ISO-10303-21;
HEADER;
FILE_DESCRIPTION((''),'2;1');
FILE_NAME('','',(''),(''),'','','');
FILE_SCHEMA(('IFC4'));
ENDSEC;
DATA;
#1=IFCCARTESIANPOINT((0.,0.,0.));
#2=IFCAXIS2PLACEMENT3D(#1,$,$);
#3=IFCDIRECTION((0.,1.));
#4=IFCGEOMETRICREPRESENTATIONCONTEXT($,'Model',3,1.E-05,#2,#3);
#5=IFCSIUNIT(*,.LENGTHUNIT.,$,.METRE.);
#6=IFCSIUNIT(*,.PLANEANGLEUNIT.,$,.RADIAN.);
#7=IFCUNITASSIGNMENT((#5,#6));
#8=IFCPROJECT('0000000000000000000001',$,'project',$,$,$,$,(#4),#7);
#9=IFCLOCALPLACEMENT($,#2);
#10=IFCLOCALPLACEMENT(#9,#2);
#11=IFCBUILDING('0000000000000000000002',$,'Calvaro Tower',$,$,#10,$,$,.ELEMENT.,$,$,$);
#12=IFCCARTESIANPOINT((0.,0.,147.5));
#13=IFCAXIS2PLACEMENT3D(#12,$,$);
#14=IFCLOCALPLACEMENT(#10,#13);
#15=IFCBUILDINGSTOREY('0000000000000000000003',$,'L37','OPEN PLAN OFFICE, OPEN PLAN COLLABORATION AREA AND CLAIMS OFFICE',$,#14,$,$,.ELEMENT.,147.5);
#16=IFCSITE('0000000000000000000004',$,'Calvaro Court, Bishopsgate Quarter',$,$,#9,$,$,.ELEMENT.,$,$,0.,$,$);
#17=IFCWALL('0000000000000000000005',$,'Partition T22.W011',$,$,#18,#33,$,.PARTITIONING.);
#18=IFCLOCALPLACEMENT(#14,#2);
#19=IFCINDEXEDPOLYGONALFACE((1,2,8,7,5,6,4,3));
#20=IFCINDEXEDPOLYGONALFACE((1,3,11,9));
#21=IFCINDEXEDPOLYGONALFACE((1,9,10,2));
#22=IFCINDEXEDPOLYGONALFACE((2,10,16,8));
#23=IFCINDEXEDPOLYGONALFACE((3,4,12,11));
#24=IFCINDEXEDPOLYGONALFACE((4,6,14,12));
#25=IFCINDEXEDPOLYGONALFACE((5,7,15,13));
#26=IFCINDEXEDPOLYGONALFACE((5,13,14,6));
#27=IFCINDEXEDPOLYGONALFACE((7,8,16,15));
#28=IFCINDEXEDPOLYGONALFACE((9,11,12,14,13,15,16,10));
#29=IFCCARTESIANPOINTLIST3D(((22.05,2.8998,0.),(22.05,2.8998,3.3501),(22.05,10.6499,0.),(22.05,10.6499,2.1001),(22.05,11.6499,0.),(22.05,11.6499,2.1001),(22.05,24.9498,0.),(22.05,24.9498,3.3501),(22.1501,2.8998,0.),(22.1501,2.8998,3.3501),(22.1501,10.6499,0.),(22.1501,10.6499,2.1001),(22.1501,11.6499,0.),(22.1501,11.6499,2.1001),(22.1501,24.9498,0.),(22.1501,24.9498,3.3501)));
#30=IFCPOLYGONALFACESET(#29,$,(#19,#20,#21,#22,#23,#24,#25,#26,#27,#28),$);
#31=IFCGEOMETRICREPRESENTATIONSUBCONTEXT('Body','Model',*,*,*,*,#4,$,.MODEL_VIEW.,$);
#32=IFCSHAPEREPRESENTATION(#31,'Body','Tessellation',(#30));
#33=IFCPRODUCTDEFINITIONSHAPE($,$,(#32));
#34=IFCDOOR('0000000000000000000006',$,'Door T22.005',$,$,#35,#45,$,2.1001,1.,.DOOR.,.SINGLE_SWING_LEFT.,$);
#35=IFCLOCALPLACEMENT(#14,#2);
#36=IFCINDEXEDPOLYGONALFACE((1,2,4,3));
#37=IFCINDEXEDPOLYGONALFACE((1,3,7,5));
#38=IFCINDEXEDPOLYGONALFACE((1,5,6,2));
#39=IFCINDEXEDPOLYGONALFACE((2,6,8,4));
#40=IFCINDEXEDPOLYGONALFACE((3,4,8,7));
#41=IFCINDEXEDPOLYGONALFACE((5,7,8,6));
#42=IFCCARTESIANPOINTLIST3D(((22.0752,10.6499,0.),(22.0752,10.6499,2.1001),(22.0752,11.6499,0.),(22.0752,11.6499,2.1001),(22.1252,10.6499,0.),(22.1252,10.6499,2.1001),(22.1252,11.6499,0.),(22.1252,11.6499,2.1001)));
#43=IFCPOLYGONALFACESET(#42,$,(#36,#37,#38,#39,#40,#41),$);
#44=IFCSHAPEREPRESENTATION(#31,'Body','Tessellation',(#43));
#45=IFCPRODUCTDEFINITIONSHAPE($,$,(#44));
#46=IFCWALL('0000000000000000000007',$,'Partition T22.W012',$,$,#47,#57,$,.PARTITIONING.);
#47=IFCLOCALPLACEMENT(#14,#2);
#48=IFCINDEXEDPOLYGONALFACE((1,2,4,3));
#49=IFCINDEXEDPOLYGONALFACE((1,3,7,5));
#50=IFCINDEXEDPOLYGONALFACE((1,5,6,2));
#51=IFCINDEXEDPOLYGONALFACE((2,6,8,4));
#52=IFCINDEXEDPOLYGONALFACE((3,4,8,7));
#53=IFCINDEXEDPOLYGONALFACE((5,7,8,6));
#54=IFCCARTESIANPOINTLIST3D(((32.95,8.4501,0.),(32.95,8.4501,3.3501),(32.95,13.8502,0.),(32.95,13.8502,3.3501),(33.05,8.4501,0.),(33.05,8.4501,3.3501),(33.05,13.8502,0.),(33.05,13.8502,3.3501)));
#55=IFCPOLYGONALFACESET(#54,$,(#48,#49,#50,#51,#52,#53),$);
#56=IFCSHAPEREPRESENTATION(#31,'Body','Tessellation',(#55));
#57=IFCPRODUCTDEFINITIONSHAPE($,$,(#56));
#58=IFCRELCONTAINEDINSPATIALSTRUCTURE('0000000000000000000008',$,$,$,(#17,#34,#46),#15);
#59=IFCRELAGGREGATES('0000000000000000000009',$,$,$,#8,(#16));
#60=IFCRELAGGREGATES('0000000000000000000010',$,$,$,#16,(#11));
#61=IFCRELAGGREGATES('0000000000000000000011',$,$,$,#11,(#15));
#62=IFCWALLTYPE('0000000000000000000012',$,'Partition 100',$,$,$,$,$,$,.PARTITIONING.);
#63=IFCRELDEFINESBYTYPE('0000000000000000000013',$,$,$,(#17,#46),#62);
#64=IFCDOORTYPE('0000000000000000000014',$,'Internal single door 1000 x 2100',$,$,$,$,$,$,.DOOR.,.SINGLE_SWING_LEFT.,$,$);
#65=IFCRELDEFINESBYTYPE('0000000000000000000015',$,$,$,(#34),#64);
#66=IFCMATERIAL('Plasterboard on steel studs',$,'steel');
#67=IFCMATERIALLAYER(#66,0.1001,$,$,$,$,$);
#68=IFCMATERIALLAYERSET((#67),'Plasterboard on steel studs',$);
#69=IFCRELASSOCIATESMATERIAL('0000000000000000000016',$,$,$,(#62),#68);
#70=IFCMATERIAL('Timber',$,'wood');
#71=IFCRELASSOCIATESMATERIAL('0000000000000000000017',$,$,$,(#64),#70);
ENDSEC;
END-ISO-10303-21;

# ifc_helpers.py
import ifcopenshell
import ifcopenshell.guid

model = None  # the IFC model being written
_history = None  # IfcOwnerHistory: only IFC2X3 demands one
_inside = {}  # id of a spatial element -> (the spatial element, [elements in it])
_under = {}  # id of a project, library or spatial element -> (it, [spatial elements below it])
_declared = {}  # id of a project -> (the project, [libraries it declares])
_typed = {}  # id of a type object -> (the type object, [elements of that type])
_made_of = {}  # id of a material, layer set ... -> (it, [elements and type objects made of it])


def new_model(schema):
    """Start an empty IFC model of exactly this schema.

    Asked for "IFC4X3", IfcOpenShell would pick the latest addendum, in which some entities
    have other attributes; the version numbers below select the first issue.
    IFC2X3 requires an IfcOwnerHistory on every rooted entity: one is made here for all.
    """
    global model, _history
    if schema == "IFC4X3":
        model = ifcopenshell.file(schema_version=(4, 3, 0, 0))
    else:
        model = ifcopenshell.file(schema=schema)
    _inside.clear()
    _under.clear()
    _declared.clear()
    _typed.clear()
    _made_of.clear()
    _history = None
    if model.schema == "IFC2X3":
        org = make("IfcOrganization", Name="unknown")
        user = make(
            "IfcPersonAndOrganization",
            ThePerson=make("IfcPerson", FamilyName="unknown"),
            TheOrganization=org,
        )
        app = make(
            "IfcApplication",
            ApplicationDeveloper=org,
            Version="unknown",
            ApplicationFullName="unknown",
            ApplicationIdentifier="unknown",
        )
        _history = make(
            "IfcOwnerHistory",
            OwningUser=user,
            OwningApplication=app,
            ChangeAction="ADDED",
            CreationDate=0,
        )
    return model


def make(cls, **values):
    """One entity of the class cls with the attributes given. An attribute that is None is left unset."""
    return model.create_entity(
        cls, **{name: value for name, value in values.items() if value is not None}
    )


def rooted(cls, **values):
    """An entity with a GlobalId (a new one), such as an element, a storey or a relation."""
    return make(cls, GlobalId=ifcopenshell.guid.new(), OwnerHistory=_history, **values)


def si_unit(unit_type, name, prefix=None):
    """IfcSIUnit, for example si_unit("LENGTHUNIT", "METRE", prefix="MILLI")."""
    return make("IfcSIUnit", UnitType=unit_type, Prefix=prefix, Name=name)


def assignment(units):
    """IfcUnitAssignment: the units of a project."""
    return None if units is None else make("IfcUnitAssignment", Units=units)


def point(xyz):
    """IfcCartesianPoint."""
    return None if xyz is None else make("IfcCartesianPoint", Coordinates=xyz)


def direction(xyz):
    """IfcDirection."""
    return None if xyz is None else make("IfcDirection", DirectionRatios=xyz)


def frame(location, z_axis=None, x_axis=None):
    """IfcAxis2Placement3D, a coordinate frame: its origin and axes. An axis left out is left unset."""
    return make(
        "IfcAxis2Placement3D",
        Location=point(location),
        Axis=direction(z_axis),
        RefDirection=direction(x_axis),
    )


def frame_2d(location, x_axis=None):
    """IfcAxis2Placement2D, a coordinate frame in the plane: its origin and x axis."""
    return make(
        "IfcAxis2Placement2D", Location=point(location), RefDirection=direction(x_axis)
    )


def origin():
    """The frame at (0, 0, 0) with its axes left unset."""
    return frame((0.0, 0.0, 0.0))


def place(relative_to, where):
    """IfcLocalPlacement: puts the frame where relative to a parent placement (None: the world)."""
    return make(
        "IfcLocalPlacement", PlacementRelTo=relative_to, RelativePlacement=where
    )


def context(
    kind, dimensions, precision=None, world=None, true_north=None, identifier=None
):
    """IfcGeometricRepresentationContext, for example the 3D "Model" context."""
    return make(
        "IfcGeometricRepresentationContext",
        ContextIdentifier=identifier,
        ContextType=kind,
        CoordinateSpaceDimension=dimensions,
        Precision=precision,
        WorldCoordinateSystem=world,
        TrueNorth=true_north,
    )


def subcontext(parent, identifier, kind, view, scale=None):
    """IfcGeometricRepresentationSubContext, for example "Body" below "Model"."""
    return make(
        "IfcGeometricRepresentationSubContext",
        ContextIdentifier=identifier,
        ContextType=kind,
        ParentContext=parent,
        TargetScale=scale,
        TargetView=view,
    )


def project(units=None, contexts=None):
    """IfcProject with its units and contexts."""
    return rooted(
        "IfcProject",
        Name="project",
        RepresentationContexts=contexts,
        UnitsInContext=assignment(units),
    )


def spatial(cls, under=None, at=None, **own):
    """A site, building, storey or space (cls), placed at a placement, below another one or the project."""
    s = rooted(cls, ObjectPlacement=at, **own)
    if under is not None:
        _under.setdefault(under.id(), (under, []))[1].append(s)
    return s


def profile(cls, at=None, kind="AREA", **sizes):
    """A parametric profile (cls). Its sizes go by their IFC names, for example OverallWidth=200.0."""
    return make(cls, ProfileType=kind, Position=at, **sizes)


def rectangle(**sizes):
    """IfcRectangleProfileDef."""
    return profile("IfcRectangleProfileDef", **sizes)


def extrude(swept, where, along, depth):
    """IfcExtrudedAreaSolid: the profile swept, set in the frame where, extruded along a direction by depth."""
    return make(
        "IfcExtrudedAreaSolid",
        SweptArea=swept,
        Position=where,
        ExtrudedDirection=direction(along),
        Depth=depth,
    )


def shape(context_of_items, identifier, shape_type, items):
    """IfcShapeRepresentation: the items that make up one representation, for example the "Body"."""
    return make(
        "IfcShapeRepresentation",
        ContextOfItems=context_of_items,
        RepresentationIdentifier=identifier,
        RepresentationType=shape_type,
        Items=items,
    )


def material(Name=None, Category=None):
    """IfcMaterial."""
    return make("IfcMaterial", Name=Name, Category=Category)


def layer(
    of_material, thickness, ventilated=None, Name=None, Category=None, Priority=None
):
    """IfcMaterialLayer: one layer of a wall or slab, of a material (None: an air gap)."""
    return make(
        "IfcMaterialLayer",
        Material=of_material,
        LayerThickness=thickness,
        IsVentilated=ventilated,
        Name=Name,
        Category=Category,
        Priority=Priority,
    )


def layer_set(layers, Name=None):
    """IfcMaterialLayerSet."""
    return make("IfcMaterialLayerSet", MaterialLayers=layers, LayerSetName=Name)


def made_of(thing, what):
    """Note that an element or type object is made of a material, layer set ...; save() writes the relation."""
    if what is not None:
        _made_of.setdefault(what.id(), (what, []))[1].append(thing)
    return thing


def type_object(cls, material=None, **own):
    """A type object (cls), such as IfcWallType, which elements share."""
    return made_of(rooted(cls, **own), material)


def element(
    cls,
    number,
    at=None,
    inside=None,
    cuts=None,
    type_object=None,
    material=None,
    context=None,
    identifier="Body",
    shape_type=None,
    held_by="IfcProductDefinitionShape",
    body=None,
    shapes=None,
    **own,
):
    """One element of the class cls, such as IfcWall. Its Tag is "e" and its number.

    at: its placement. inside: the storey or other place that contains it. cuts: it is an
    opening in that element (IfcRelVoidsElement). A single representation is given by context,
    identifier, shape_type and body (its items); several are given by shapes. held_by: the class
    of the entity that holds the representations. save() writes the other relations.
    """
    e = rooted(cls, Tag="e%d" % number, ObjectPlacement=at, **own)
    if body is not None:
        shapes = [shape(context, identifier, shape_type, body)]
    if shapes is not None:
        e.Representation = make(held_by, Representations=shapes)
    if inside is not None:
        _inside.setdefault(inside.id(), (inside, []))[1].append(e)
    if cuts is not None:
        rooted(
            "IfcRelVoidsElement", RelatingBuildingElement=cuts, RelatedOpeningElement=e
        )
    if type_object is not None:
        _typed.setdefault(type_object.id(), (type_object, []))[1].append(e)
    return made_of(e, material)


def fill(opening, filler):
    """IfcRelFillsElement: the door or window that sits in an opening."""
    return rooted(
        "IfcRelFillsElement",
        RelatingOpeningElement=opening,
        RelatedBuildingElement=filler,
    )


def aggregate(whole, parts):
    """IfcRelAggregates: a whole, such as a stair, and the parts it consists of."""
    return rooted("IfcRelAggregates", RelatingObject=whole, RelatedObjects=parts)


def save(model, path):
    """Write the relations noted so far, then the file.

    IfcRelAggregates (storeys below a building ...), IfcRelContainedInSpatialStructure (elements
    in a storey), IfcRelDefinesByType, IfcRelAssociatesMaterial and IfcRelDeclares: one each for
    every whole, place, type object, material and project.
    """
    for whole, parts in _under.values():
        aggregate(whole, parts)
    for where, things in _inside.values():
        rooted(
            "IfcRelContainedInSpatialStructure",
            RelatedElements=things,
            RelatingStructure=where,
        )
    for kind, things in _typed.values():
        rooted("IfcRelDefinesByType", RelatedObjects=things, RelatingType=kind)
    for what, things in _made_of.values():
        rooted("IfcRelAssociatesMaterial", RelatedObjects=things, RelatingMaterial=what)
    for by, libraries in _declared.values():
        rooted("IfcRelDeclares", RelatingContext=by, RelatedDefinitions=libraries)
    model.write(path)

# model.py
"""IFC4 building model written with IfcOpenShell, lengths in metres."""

from ifc_helpers import new_model, si_unit, direction, frame, frame_2d, origin, place, context, subcontext, project, spatial, rectangle, extrude, material, layer, layer_set, type_object, element, fill, save


model = new_model("IFC4")

# Units and contexts
model_context = context("Model", 3, precision=1e-05, world=origin(), true_north=direction((0.0, 1.0)))
body_context = subcontext(model_context, "Body", "Model", "MODEL_VIEW")
ifc_project = project(units=[si_unit("LENGTHUNIT", "METRE"), si_unit("PLANEANGLEUNIT", "RADIAN")], contexts=[model_context])

# Site, building, storey
site_placement = place(None, origin())
site = spatial("IfcSite", under=ifc_project, at=site_placement, Name="Calvaro Court, Bishopsgate Quarter", CompositionType="ELEMENT", RefElevation=0.0)
building_placement = place(site_placement, origin())
building = spatial("IfcBuilding", under=site, at=building_placement, Name="Calvaro Tower", CompositionType="ELEMENT")
storey_placement = place(building_placement, frame((0.0, 0.0, 147.5)))
storey = spatial("IfcBuildingStorey", under=building, at=storey_placement, Name="L37", Description="OPEN PLAN OFFICE, OPEN PLAN COLLABORATION AREA AND CLAIMS OFFICE", CompositionType="ELEMENT", Elevation=147.5)

# Shared definitions
ifc_material_1 = material(Name="Plasterboard on steel studs", Category="steel")
ifc_layer_1 = layer(ifc_material_1, 0.1001)
ifc_layer_set_1 = layer_set([ifc_layer_1], Name="Plasterboard on steel studs")
wall_type_1 = type_object("IfcWallType", Name="Partition 100", PredefinedType="PARTITIONING", material=ifc_layer_set_1)

# Wall, opening, door
wall_1_placement = place(storey_placement, frame((22.1001, 2.8999, 0.0), z_axis=(0.0, 0.0, 1.0), x_axis=(0.0, 1.0, 0.0)))
wall_1 = element("IfcWall", 1, at=wall_1_placement, inside=storey, type_object=wall_type_1, Name="Partition T22.W011", PredefinedType="PARTITIONING", context=body_context, shape_type="SweptSolid", body=[
    extrude(rectangle(XDim=22.05, YDim=0.1001, at=frame_2d((11.0249, 0.0))), origin(), (0.0, 0.0, 1.0), 3.3501),
])
opening_1_placement = place(wall_1_placement, frame((7.75, 0.0, 0.0)))
opening_1 = element("IfcOpeningElement", 2, at=opening_1_placement, cuts=wall_1, PredefinedType="OPENING", context=body_context, shape_type="SweptSolid", body=[
    extrude(rectangle(XDim=1.0, YDim=2.1001, at=frame_2d((0.5, 1.05))), frame((0.0, 0.0601, 0.0), z_axis=(0.0, -1.0, 0.0), x_axis=(1.0, 0.0, 0.0)), (0.0, 0.0, 1.0), 0.1201),
])
ifc_material_2 = material(Name="Timber", Category="wood")
door_type_1 = type_object("IfcDoorType", Name="Internal single door 1000 x 2100", OperationType="SINGLE_SWING_LEFT", PredefinedType="DOOR", material=ifc_material_2)
door_1_placement = place(opening_1_placement, origin())
door_1 = element("IfcDoor", 3, at=door_1_placement, inside=storey, type_object=door_type_1, Name="Door T22.005", OperationType="SINGLE_SWING_LEFT", OverallHeight=2.1001, OverallWidth=1.0, PredefinedType="DOOR", context=body_context, shape_type="SweptSolid", body=[
    extrude(rectangle(XDim=1.0, YDim=2.1001, at=frame_2d((0.5, 1.05))), frame((0.0, 0.0249, 0.0), z_axis=(0.0, -1.0, 0.0), x_axis=(1.0, 0.0, 0.0)), (0.0, 0.0, 1.0), 0.05),
])
fill(opening_1, door_1)

# Wall
wall_2_placement = place(storey_placement, frame((33.0, 8.45, 0.0), z_axis=(0.0, 0.0, 1.0), x_axis=(0.0, 1.0, 0.0)))
element("IfcWall", 4, at=wall_2_placement, inside=storey, type_object=wall_type_1, Name="Partition T22.W012", PredefinedType="PARTITIONING", context=body_context, shape_type="SweptSolid", body=[
    extrude(rectangle(XDim=5.4001, YDim=0.1001, at=frame_2d((2.7002, 0.0))), origin(), (0.0, 0.0, 1.0), 3.3501),
])

save(model, "model.ifc")
